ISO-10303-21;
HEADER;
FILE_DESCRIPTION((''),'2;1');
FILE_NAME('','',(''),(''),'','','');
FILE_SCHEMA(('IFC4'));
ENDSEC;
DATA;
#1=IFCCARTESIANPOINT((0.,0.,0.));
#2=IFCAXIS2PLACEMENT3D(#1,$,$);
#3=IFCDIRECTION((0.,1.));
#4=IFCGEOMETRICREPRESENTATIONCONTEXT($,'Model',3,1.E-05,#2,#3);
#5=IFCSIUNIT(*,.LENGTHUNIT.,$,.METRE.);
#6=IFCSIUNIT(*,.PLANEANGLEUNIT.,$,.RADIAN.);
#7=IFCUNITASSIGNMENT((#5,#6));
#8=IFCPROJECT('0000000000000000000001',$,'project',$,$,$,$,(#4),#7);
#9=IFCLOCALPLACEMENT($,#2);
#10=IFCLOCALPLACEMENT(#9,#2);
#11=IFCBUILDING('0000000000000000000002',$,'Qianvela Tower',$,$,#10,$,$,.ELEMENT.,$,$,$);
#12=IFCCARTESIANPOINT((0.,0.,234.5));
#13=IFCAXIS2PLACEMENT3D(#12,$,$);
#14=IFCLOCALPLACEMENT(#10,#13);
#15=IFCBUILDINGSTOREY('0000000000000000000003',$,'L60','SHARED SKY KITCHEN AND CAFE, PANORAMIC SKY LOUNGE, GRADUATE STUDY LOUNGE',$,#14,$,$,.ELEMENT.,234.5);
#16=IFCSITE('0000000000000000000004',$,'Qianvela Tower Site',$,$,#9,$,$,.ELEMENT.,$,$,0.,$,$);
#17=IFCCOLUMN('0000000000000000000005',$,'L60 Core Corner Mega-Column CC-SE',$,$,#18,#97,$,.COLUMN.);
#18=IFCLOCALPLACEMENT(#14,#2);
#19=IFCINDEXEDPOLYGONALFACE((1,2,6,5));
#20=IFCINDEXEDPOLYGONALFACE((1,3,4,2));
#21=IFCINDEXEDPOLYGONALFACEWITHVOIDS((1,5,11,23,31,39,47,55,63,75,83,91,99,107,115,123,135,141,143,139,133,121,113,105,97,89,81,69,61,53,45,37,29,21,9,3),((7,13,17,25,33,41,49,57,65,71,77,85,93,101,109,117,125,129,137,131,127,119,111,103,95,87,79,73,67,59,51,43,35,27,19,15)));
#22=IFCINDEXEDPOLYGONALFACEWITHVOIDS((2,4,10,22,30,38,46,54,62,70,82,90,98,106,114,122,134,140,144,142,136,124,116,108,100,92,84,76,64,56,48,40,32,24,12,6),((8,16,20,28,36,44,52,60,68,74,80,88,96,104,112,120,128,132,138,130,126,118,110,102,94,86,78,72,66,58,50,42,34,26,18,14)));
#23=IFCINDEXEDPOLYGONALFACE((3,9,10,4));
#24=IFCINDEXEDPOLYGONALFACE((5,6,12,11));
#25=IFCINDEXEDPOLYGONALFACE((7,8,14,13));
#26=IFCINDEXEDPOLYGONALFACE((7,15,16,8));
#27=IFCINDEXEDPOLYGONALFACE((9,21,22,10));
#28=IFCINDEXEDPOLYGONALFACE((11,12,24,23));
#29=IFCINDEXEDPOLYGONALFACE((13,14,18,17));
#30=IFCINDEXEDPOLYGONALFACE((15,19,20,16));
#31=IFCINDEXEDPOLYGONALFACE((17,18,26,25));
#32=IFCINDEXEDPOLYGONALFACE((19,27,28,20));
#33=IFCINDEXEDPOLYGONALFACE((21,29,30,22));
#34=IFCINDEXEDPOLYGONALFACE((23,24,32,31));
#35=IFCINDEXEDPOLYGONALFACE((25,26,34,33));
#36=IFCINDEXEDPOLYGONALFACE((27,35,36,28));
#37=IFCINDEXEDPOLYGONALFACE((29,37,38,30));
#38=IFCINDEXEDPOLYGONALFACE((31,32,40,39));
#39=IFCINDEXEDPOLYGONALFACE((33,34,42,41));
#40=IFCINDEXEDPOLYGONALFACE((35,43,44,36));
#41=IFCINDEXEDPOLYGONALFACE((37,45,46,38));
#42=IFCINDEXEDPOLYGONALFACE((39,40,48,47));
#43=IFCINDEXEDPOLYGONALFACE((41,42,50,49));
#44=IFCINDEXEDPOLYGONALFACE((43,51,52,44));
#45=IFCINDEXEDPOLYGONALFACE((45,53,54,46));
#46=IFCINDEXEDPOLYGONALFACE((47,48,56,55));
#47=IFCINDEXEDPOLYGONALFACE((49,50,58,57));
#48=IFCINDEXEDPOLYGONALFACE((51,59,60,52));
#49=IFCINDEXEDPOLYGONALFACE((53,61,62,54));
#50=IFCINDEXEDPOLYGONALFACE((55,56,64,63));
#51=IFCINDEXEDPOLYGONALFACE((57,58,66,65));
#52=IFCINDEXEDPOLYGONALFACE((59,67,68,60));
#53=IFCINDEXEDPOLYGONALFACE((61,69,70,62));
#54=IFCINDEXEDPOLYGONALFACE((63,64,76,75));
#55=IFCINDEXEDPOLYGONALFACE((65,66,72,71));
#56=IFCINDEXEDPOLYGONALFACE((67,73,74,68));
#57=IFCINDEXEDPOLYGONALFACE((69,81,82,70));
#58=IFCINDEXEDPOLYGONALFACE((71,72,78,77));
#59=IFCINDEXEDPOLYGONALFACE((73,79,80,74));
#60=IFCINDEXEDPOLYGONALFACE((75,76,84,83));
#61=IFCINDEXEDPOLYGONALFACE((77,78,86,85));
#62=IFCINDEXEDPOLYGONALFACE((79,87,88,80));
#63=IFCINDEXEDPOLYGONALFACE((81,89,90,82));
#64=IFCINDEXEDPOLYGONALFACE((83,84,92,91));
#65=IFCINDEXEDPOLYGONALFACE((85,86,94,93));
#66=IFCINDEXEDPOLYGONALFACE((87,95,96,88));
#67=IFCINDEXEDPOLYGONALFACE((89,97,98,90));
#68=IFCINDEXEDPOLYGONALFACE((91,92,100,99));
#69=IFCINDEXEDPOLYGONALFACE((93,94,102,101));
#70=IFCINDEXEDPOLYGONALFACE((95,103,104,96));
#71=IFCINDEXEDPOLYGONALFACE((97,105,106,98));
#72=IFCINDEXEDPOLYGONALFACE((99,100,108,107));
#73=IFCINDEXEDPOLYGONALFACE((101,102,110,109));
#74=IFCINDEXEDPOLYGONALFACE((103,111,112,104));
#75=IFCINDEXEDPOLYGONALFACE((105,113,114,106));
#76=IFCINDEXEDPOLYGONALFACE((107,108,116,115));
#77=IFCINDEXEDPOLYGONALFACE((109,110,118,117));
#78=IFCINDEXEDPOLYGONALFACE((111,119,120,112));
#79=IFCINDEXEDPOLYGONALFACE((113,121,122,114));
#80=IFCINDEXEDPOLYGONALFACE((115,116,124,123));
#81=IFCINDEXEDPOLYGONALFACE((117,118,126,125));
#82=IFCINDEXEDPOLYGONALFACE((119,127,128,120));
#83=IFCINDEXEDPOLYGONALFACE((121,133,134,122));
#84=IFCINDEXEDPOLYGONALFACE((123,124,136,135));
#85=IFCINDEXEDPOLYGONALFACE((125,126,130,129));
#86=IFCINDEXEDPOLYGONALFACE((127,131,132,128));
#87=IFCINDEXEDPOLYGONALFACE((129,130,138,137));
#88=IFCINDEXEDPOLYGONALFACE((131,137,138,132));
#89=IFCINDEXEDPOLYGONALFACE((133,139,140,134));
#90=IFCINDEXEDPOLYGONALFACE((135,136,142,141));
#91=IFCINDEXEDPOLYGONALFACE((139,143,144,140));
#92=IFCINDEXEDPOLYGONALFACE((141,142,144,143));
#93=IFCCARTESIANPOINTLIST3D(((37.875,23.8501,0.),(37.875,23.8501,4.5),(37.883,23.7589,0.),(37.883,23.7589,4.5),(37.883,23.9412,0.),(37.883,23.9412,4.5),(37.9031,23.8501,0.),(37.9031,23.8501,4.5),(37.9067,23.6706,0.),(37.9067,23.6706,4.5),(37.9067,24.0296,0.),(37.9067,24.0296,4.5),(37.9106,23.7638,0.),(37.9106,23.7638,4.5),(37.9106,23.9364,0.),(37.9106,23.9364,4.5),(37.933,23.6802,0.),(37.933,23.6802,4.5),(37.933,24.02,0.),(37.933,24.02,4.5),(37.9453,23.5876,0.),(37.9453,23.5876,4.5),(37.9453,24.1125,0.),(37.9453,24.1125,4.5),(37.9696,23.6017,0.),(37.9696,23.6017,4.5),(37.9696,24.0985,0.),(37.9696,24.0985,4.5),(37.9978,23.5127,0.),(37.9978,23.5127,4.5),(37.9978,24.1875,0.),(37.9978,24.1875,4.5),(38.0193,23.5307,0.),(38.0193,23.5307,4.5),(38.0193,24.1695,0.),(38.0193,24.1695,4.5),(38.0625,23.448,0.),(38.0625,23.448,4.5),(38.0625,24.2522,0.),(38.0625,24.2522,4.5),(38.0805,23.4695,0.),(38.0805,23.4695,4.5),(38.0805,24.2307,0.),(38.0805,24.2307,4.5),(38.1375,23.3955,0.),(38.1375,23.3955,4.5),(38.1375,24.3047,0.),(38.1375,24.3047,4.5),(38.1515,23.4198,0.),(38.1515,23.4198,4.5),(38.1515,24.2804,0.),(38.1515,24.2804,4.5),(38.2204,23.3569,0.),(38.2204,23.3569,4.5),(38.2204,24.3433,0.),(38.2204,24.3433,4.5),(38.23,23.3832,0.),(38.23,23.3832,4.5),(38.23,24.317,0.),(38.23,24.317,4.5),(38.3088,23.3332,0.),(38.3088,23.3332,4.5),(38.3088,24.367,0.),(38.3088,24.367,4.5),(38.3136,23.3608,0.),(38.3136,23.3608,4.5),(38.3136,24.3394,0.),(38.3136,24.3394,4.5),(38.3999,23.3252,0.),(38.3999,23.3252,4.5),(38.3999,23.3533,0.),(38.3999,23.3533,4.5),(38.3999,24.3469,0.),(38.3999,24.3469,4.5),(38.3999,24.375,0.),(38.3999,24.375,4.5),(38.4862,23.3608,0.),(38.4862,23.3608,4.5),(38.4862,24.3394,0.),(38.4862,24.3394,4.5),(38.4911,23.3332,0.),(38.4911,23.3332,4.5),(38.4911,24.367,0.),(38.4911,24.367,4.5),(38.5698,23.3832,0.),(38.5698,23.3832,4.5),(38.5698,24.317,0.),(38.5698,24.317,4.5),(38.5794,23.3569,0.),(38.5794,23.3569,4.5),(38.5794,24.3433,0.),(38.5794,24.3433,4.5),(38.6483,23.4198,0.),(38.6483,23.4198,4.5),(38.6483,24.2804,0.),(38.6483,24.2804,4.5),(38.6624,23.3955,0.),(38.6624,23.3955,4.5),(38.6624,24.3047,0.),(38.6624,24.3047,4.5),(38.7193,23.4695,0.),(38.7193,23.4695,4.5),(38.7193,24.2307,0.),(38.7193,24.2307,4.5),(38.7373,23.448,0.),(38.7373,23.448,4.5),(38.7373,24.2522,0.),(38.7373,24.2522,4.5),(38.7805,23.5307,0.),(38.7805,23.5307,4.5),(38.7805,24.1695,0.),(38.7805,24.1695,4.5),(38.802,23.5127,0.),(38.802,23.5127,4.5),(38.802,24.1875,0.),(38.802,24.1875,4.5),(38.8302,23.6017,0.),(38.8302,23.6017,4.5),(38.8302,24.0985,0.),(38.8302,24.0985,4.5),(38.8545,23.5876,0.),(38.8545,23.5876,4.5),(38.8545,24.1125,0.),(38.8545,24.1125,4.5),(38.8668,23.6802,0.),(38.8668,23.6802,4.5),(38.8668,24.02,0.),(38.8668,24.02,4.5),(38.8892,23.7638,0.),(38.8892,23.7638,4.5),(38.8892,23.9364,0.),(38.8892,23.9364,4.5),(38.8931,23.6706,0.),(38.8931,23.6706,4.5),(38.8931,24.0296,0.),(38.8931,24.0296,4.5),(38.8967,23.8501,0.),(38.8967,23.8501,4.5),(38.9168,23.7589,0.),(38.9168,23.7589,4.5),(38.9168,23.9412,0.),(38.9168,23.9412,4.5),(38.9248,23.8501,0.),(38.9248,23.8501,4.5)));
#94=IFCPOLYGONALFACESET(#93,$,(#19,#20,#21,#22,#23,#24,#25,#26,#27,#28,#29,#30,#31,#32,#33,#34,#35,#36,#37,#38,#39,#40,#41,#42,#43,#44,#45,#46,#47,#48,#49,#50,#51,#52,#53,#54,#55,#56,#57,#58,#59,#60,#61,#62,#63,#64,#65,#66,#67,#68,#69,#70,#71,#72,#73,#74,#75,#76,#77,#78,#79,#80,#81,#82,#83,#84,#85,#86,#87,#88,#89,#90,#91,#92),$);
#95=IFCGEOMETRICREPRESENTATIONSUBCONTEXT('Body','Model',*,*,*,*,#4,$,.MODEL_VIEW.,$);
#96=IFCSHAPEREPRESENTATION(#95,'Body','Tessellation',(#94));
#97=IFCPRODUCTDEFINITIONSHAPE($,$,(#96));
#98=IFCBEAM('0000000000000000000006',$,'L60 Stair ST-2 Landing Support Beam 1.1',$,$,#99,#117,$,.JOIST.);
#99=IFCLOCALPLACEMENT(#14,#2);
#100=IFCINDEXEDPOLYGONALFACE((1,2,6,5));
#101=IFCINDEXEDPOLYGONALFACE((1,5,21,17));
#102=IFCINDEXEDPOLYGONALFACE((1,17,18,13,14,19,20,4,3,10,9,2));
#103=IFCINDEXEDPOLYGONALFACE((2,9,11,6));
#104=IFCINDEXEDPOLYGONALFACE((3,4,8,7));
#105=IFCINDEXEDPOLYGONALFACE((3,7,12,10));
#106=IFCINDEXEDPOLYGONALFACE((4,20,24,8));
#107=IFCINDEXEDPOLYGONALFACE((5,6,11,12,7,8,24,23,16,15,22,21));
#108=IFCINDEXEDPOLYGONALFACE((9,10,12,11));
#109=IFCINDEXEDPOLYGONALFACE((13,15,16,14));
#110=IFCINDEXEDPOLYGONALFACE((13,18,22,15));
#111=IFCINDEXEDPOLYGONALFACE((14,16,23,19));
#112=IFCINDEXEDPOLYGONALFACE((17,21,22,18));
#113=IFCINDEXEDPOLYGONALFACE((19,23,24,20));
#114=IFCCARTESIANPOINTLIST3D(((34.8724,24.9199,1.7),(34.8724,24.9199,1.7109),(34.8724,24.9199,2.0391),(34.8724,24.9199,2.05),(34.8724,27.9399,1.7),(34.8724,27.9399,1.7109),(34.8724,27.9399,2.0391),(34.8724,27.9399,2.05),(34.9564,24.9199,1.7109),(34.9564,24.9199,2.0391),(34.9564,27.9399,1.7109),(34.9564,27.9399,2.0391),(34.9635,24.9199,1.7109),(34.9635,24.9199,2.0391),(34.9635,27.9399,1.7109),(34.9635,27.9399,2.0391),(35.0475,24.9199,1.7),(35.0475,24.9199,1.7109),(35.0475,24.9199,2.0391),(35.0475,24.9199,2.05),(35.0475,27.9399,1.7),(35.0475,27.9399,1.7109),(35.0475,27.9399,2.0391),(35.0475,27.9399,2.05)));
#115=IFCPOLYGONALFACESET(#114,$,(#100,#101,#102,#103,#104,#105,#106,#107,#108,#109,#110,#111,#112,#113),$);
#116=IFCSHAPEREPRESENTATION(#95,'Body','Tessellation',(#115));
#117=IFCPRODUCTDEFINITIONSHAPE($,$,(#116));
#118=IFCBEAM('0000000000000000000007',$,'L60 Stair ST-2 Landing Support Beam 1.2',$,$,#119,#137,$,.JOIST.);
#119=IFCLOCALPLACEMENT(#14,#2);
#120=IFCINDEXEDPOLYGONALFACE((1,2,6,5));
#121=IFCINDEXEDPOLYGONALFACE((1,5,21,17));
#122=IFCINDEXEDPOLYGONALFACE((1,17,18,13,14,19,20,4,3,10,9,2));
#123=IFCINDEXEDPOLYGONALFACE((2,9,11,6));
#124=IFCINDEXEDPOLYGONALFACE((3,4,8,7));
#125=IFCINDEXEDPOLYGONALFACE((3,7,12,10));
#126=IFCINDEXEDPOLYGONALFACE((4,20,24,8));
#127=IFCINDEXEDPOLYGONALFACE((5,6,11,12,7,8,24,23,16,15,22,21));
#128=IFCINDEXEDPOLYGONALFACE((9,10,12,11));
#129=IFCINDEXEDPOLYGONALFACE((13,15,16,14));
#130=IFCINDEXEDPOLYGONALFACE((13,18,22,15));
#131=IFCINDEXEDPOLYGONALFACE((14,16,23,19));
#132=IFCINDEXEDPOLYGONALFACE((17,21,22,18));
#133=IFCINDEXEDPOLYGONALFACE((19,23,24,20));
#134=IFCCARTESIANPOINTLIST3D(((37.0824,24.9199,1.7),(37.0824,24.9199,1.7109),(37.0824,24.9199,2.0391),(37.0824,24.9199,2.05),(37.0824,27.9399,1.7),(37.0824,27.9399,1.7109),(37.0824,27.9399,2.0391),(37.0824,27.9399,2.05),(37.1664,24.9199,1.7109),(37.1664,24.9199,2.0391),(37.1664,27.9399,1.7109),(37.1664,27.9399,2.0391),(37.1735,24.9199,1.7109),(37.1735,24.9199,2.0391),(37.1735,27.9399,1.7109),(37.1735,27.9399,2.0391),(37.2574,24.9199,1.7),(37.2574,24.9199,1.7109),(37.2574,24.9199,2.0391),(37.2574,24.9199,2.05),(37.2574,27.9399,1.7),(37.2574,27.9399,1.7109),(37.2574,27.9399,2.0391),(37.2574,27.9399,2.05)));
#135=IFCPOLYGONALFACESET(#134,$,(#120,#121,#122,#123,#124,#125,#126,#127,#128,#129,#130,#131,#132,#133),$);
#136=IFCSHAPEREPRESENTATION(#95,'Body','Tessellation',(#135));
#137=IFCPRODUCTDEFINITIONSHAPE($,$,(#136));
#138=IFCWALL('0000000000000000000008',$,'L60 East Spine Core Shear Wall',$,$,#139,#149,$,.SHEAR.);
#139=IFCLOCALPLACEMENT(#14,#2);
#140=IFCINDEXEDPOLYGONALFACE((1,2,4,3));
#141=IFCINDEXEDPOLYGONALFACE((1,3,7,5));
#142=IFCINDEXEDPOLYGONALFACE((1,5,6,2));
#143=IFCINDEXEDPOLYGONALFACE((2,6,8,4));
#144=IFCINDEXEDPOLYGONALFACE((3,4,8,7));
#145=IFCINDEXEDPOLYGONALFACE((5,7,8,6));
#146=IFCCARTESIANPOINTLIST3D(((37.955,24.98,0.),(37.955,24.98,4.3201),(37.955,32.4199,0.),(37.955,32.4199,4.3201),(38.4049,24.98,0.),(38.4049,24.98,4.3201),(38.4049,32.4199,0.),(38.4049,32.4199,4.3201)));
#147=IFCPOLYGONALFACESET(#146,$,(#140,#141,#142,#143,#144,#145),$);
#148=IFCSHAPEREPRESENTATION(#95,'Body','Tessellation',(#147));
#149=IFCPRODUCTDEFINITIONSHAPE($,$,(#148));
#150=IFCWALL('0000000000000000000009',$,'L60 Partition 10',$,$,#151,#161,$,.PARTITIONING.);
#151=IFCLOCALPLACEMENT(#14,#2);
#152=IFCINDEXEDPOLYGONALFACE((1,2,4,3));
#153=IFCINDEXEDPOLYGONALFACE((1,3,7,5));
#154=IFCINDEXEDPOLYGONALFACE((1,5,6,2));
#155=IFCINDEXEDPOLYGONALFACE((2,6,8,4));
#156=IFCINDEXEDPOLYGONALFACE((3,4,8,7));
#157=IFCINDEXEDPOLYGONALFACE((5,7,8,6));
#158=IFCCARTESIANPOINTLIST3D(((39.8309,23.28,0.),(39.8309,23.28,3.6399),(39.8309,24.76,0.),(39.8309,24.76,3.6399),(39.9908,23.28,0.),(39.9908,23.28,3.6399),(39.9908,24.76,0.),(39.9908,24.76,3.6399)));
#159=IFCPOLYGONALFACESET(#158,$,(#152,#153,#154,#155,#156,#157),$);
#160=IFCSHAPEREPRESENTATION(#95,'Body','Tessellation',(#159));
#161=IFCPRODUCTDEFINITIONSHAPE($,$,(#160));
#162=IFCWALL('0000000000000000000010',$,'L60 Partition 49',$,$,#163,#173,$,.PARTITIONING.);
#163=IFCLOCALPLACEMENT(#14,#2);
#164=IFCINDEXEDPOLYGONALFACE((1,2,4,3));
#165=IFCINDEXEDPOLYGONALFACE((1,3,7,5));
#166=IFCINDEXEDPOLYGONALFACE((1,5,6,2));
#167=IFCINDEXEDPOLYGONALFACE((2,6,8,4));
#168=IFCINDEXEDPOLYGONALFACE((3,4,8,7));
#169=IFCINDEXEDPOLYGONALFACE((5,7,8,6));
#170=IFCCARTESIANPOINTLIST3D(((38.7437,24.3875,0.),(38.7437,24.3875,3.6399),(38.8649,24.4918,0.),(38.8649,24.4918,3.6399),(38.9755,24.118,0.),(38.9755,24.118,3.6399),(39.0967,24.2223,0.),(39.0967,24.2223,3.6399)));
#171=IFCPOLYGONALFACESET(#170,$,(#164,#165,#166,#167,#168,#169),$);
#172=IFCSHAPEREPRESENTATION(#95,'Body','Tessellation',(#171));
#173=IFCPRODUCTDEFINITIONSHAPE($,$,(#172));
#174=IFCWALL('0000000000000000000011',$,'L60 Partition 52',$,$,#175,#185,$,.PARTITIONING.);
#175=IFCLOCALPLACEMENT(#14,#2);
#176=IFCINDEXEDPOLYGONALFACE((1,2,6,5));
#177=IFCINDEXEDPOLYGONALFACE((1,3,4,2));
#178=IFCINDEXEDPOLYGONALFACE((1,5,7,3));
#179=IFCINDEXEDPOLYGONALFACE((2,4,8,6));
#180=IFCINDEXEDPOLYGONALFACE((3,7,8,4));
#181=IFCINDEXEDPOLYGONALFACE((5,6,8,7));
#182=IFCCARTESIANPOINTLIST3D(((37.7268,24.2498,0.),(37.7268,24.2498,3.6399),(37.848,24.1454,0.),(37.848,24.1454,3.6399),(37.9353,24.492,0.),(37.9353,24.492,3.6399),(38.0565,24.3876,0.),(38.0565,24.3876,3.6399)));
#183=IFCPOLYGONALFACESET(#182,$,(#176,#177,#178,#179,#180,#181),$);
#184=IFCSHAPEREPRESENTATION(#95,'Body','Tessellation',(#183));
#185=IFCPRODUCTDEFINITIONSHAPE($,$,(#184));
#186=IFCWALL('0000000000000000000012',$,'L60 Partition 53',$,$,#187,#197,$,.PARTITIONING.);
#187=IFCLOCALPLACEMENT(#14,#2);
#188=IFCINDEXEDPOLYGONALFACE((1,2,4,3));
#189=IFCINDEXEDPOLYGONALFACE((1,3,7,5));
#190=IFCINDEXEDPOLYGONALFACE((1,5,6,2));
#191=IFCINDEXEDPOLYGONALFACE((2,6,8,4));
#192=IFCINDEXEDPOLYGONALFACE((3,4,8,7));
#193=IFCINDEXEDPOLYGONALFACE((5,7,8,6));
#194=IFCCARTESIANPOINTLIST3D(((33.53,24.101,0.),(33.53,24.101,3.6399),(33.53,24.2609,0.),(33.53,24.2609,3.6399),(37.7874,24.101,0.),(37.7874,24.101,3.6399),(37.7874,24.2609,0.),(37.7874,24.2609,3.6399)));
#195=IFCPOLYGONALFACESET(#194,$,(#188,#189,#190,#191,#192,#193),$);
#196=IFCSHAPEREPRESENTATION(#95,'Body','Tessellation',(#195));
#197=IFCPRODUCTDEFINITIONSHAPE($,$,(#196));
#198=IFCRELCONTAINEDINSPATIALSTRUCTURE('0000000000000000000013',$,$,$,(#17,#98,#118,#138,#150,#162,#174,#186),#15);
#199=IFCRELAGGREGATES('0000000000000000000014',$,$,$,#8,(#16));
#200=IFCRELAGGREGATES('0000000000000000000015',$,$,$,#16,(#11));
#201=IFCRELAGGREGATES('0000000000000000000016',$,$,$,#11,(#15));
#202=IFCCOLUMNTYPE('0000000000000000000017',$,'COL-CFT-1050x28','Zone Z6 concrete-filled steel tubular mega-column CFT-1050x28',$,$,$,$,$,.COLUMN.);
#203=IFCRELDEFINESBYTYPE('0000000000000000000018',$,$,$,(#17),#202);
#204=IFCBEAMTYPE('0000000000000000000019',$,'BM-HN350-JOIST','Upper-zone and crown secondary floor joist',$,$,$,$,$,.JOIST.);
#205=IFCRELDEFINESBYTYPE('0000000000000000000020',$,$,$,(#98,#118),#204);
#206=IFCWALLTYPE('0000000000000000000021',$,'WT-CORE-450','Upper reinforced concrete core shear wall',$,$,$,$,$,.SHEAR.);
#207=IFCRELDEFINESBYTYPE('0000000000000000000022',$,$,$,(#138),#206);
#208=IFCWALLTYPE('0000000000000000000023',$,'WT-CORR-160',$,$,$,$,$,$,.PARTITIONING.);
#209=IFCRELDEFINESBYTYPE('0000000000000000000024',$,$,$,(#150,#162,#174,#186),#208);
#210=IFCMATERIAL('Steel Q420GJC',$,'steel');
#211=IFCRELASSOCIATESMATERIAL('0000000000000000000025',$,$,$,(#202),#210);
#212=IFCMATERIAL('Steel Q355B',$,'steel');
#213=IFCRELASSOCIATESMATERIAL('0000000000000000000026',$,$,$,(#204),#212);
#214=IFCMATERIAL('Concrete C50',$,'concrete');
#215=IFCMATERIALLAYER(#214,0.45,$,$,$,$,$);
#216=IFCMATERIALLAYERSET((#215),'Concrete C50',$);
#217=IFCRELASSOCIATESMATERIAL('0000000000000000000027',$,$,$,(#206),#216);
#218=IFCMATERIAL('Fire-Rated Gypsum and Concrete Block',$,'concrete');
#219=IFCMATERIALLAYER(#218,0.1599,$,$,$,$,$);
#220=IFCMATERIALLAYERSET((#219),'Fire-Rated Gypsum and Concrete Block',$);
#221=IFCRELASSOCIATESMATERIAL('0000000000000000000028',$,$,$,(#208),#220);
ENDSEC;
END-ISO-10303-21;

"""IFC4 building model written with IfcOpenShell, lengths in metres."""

from ifc_helpers import new_model, si_unit, direction, frame, frame_2d, origin, origin_2d, place, context, subcontext, project, spatial, rectangle, hollow_circle, i_section, extrude, material, layer, layer_set, material_profile, profile_set, type_object, element, save


model = new_model("IFC4")

# Units and contexts
model_context = context("Model", 3, precision=1e-05, world=origin(), true_north=direction((0.0, 1.0)))
body_context = subcontext(model_context, "Body", "Model", "MODEL_VIEW")
ifc_project = project(units=[si_unit("LENGTHUNIT", "METRE"), si_unit("PLANEANGLEUNIT", "RADIAN")], contexts=[model_context])

# Site, building, storey
site_placement = place(None, origin())
site = spatial("IfcSite", under=ifc_project, at=site_placement, Name="Qianvela Tower Site", CompositionType="ELEMENT", RefElevation=0.0)
building_placement = place(site_placement, origin())
building = spatial("IfcBuilding", under=site, at=building_placement, Name="Qianvela Tower", CompositionType="ELEMENT")
storey_placement = place(building_placement, frame((0.0, 0.0, 234.5)))
storey = spatial("IfcBuildingStorey", under=building, at=storey_placement, Name="L60", Description="SHARED SKY KITCHEN AND CAFE, PANORAMIC SKY LOUNGE, GRADUATE STUDY LOUNGE", CompositionType="ELEMENT", Elevation=234.5)

# Column
ifc_material_1 = material(Name="Steel Q420GJC", Category="steel")
ifc_material_profile_1 = material_profile(ifc_material_1, hollow_circle(Radius=0.5249, WallThickness=0.0281, at=origin_2d()), Name="CFT-1050x28")
ifc_profile_set_1 = profile_set([ifc_material_profile_1], Name="Steel Q420GJC")
column_type = type_object("IfcColumnType", Name="COL-CFT-1050x28", Description="Zone Z6 concrete-filled steel tubular mega-column CFT-1050x28", PredefinedType="COLUMN", material=ifc_profile_set_1)
column_placement = place(storey_placement, frame((38.3999, 23.8501, 0.0), z_axis=(0.0, 0.0, 1.0), x_axis=(1.0, 0.0, 0.0)))
element("IfcColumn", 1, at=column_placement, inside=storey, type_object=column_type, Name="L60 Core Corner Mega-Column CC-SE", PredefinedType="COLUMN", context=body_context, shape_type="SweptSolid", body=[
    extrude(hollow_circle(Radius=0.5249, WallThickness=0.0281, at=origin_2d()), origin(), (0.0, 0.0, 1.0), 4.5),
])

# Beams
ifc_material_2 = material(Name="Steel Q355B", Category="steel")
ifc_material_profile_2 = material_profile(ifc_material_2, i_section(OverallWidth=0.175, OverallDepth=0.3501, WebThickness=0.0071, FlangeThickness=0.011, at=origin_2d()), Name="HN350x175x7x11")
ifc_profile_set_2 = profile_set([ifc_material_profile_2], Name="Steel Q355B")
beam_type = type_object("IfcBeamType", Name="BM-HN350-JOIST", Description="Upper-zone and crown secondary floor joist", PredefinedType="JOIST", material=ifc_profile_set_2)
for number, where, z_axis, x_axis, name in (
    (2, (34.96, 24.9199, 1.875), (0.0, 1.0, 0.0), (-1.0, 0.0, 0.0), "L60 Stair ST-2 Landing Support Beam 1.1"),
    (3, (37.1699, 24.9199, 1.875), (0.0, 1.0, 0.0), (-1.0, 0.0, 0.0), "L60 Stair ST-2 Landing Support Beam 1.2"),
):
    element("IfcBeam", number, at=place(storey_placement, frame(where, z_axis=z_axis, x_axis=x_axis)), inside=storey, type_object=beam_type, Name=name, PredefinedType="JOIST", context=body_context, shape_type="SweptSolid", body=[
        extrude(i_section(OverallWidth=0.175, OverallDepth=0.3501, WebThickness=0.0071, FlangeThickness=0.011, at=origin_2d()), origin(), (0.0, 0.0, 1.0), 3.02),
    ])

# Walls
ifc_material_3 = material(Name="Concrete C50", Category="concrete")
ifc_layer_1 = layer(ifc_material_3, 0.45)
ifc_layer_set_1 = layer_set([ifc_layer_1], Name="Concrete C50")
wall_type_1 = type_object("IfcWallType", Name="WT-CORE-450", Description="Upper reinforced concrete core shear wall", PredefinedType="SHEAR", material=ifc_layer_set_1)
wall_1_placement = place(storey_placement, frame((38.1799, 24.98, 0.0), z_axis=(0.0, 0.0, 1.0), x_axis=(0.0, 1.0, 0.0)))
element("IfcWall", 4, at=wall_1_placement, inside=storey, type_object=wall_type_1, Name="L60 East Spine Core Shear Wall", PredefinedType="SHEAR", context=body_context, shape_type="SweptSolid", body=[
    extrude(rectangle(XDim=7.4399, YDim=0.45, at=frame_2d((3.72, 0.0))), origin(), (0.0, 0.0, 1.0), 4.3201),
])
ifc_material_4 = material(Name="Fire-Rated Gypsum and Concrete Block", Category="concrete")
ifc_layer_2 = layer(ifc_material_4, 0.1599)
ifc_layer_set_2 = layer_set([ifc_layer_2], Name="Fire-Rated Gypsum and Concrete Block")
wall_type_2 = type_object("IfcWallType", Name="WT-CORR-160", PredefinedType="PARTITIONING", material=ifc_layer_set_2)
wall_2_placement = place(storey_placement, frame((39.9109, 23.28, 0.0), z_axis=(0.0, 0.0, 1.0), x_axis=(0.0, 1.0, 0.0)))
element("IfcWall", 5, at=wall_2_placement, inside=storey, type_object=wall_type_2, Name="L60 Partition 10", PredefinedType="PARTITIONING", context=body_context, shape_type="SweptSolid", body=[
    extrude(rectangle(XDim=1.48, YDim=0.1599, at=frame_2d((0.74, 0.0))), origin(), (0.0, 0.0, 1.0), 3.6399),
])
wall_3_placement = place(storey_placement, frame((39.0361, 24.1702, 0.0), z_axis=(0.0, 0.0, 1.0), x_axis=(-0.65226, 0.757995, 0.0)))
element("IfcWall", 6, at=wall_3_placement, inside=storey, type_object=wall_type_2, Name="L60 Partition 49", PredefinedType="PARTITIONING", context=body_context, shape_type="SweptSolid", body=[
    extrude(rectangle(XDim=0.3555, YDim=0.1599, at=frame_2d((0.1777, 0.0))), origin(), (0.0, 0.0, 1.0), 3.6399),
])
wall_4_placement = place(storey_placement, frame((37.9958, 24.4397, 0.0), z_axis=(0.0, 0.0, 1.0), x_axis=(-0.652426, -0.757853, 0.0)))
element("IfcWall", 7, at=wall_4_placement, inside=storey, type_object=wall_type_2, Name="L60 Partition 52", PredefinedType="PARTITIONING", context=body_context, shape_type="SweptSolid", body=[
    extrude(rectangle(XDim=0.3196, YDim=0.1599, at=frame_2d((0.1597, 0.0))), origin(), (0.0, 0.0, 1.0), 3.6399),
])
wall_5_placement = place(storey_placement, frame((37.7874, 24.1809, 0.0), z_axis=(0.0, 0.0, 1.0), x_axis=(-1.0, 0.0, 0.0)))
element("IfcWall", 8, at=wall_5_placement, inside=storey, type_object=wall_type_2, Name="L60 Partition 53", PredefinedType="PARTITIONING", context=body_context, shape_type="SweptSolid", body=[
    extrude(rectangle(XDim=4.2573, YDim=0.1599, at=frame_2d((2.1287, 0.0))), origin(), (0.0, 0.0, 1.0), 3.6399),
])

save(model, "model.ifc")
